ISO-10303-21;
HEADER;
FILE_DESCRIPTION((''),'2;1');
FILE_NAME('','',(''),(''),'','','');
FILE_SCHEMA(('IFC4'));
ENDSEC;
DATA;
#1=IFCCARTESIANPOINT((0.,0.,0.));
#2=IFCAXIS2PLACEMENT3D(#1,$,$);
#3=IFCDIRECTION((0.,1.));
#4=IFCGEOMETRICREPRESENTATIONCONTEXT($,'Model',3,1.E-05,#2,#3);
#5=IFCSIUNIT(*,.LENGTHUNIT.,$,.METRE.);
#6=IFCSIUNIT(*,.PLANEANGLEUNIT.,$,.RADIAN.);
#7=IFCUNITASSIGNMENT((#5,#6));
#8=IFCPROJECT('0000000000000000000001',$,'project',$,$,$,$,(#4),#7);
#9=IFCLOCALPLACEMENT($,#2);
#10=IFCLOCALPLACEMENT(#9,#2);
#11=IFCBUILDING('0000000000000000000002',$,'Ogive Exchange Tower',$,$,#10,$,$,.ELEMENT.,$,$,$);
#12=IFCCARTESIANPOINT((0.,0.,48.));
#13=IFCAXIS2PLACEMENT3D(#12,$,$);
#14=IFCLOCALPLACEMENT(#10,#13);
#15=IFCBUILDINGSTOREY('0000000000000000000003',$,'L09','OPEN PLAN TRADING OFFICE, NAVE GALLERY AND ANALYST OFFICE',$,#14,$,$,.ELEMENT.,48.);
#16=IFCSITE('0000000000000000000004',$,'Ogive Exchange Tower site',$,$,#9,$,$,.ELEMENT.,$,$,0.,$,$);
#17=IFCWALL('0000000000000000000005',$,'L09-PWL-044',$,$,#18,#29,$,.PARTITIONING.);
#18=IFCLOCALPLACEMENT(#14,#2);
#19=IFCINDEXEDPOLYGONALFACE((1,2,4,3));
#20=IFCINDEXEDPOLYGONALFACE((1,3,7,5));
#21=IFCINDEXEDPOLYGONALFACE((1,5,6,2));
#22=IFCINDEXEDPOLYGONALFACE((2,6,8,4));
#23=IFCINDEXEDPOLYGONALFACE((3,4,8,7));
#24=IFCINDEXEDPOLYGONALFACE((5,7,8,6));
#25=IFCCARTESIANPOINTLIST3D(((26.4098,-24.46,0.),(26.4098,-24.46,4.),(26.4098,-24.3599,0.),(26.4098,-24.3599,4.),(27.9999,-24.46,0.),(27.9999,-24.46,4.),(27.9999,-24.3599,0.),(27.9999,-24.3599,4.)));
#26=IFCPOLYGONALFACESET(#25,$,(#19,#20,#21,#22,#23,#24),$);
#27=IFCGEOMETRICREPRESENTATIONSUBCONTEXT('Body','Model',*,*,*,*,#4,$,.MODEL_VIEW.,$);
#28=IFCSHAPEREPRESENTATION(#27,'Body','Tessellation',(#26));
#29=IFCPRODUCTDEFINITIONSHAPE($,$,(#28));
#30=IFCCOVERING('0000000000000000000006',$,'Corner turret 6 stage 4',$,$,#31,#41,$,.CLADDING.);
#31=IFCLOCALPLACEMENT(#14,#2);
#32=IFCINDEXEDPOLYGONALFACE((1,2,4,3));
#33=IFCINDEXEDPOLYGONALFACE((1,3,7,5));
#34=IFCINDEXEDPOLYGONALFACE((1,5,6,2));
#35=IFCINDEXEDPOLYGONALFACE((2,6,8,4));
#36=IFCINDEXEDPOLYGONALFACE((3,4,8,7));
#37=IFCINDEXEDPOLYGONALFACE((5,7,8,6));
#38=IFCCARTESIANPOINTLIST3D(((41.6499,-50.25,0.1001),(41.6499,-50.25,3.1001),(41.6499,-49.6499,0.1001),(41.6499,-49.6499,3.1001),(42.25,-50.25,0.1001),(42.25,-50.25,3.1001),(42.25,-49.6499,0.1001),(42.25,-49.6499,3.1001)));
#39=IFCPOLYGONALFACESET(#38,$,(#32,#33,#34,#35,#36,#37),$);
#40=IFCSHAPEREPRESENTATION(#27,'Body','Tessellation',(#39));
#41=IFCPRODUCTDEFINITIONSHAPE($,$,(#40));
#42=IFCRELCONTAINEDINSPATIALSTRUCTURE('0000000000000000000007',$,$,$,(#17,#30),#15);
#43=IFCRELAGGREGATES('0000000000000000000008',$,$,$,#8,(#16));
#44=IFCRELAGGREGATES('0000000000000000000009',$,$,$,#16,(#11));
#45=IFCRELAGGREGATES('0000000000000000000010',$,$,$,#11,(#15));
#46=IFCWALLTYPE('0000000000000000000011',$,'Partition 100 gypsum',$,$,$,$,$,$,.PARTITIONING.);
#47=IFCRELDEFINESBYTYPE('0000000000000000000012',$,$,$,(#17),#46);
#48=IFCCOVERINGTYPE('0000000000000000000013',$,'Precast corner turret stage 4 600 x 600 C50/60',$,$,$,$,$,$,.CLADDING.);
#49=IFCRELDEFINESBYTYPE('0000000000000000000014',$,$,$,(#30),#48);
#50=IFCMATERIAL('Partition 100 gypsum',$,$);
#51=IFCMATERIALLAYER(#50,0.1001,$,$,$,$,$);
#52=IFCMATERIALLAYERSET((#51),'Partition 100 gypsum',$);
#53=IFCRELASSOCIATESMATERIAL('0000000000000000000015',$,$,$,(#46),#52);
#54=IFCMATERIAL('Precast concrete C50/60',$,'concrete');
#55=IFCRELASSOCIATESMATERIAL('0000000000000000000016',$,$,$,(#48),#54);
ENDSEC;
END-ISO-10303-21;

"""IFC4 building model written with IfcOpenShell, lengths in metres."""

from ifc_helpers import new_model, si_unit, direction, frame, frame_2d, origin, origin_2d, place, context, subcontext, project, spatial, rectangle, extrude, material, layer, layer_set, material_profile, profile_set, type_object, element, save


model = new_model("IFC4")

# Units and contexts
model_context = context("Model", 3, precision=1e-05, world=origin(), true_north=direction((0.0, 1.0)))
body_context = subcontext(model_context, "Body", "Model", "MODEL_VIEW")
ifc_project = project(units=[si_unit("LENGTHUNIT", "METRE"), si_unit("PLANEANGLEUNIT", "RADIAN")], contexts=[model_context])

# Site, building, storey
site_placement = place(None, origin())
site = spatial("IfcSite", under=ifc_project, at=site_placement, Name="Ogive Exchange Tower site", CompositionType="ELEMENT", RefElevation=0.0)
building_placement = place(site_placement, origin())
building = spatial("IfcBuilding", under=site, at=building_placement, Name="Ogive Exchange Tower", CompositionType="ELEMENT")
storey_placement = place(building_placement, frame((0.0, 0.0, 48.0)))
storey = spatial("IfcBuildingStorey", under=building, at=storey_placement, Name="L09", Description="OPEN PLAN TRADING OFFICE, NAVE GALLERY AND ANALYST OFFICE", CompositionType="ELEMENT", Elevation=48.0)

# Wall
ifc_material_1 = material(Name="Partition 100 gypsum")
ifc_layer_1 = layer(ifc_material_1, 0.1001)
ifc_layer_set_1 = layer_set([ifc_layer_1], Name="Partition 100 gypsum")
wall_type_1 = type_object("IfcWallType", Name="Partition 100 gypsum", PredefinedType="PARTITIONING", material=ifc_layer_set_1)
wall_1_placement = place(storey_placement, frame((26.4099, -24.4099, 0.0), z_axis=(0.0, 0.0, 1.0), x_axis=(1.0, 0.0, 0.0)))
element("IfcWall", 1, at=wall_1_placement, inside=storey, type_object=wall_type_1, Name="L09-PWL-044", PredefinedType="PARTITIONING", context=body_context, shape_type="SweptSolid", body=[
    extrude(rectangle(XDim=1.5901, YDim=0.1001, at=frame_2d((0.7949, 0.0))), origin(), (0.0, 0.0, 1.0), 4.0),
])

# Covering
ifc_material_2 = material(Name="Precast concrete C50/60", Category="concrete")
ifc_material_profile_1 = material_profile(ifc_material_2, rectangle(XDim=0.6001, YDim=0.6001, at=origin_2d()), Name="CORNER TURRET 4 600 x 600")
ifc_profile_set_1 = profile_set([ifc_material_profile_1], Name="Precast concrete C50/60")
covering_type = type_object("IfcCoveringType", Name="Precast corner turret stage 4 600 x 600 C50/60", PredefinedType="CLADDING", material=ifc_profile_set_1)
covering_placement = place(storey_placement, frame((41.95, -49.95, 0.1001), z_axis=(0.0, 0.0, 1.0), x_axis=(1.0, 0.0, 0.0)))
element("IfcCovering", 2, at=covering_placement, inside=storey, type_object=covering_type, Name="Corner turret 6 stage 4", PredefinedType="CLADDING", context=body_context, shape_type="SweptSolid", body=[
    extrude(rectangle(XDim=0.6001, YDim=0.6001, at=origin_2d()), origin(), (0.0, 0.0, 1.0), 3.0),
])

save(model, "model.ifc")
